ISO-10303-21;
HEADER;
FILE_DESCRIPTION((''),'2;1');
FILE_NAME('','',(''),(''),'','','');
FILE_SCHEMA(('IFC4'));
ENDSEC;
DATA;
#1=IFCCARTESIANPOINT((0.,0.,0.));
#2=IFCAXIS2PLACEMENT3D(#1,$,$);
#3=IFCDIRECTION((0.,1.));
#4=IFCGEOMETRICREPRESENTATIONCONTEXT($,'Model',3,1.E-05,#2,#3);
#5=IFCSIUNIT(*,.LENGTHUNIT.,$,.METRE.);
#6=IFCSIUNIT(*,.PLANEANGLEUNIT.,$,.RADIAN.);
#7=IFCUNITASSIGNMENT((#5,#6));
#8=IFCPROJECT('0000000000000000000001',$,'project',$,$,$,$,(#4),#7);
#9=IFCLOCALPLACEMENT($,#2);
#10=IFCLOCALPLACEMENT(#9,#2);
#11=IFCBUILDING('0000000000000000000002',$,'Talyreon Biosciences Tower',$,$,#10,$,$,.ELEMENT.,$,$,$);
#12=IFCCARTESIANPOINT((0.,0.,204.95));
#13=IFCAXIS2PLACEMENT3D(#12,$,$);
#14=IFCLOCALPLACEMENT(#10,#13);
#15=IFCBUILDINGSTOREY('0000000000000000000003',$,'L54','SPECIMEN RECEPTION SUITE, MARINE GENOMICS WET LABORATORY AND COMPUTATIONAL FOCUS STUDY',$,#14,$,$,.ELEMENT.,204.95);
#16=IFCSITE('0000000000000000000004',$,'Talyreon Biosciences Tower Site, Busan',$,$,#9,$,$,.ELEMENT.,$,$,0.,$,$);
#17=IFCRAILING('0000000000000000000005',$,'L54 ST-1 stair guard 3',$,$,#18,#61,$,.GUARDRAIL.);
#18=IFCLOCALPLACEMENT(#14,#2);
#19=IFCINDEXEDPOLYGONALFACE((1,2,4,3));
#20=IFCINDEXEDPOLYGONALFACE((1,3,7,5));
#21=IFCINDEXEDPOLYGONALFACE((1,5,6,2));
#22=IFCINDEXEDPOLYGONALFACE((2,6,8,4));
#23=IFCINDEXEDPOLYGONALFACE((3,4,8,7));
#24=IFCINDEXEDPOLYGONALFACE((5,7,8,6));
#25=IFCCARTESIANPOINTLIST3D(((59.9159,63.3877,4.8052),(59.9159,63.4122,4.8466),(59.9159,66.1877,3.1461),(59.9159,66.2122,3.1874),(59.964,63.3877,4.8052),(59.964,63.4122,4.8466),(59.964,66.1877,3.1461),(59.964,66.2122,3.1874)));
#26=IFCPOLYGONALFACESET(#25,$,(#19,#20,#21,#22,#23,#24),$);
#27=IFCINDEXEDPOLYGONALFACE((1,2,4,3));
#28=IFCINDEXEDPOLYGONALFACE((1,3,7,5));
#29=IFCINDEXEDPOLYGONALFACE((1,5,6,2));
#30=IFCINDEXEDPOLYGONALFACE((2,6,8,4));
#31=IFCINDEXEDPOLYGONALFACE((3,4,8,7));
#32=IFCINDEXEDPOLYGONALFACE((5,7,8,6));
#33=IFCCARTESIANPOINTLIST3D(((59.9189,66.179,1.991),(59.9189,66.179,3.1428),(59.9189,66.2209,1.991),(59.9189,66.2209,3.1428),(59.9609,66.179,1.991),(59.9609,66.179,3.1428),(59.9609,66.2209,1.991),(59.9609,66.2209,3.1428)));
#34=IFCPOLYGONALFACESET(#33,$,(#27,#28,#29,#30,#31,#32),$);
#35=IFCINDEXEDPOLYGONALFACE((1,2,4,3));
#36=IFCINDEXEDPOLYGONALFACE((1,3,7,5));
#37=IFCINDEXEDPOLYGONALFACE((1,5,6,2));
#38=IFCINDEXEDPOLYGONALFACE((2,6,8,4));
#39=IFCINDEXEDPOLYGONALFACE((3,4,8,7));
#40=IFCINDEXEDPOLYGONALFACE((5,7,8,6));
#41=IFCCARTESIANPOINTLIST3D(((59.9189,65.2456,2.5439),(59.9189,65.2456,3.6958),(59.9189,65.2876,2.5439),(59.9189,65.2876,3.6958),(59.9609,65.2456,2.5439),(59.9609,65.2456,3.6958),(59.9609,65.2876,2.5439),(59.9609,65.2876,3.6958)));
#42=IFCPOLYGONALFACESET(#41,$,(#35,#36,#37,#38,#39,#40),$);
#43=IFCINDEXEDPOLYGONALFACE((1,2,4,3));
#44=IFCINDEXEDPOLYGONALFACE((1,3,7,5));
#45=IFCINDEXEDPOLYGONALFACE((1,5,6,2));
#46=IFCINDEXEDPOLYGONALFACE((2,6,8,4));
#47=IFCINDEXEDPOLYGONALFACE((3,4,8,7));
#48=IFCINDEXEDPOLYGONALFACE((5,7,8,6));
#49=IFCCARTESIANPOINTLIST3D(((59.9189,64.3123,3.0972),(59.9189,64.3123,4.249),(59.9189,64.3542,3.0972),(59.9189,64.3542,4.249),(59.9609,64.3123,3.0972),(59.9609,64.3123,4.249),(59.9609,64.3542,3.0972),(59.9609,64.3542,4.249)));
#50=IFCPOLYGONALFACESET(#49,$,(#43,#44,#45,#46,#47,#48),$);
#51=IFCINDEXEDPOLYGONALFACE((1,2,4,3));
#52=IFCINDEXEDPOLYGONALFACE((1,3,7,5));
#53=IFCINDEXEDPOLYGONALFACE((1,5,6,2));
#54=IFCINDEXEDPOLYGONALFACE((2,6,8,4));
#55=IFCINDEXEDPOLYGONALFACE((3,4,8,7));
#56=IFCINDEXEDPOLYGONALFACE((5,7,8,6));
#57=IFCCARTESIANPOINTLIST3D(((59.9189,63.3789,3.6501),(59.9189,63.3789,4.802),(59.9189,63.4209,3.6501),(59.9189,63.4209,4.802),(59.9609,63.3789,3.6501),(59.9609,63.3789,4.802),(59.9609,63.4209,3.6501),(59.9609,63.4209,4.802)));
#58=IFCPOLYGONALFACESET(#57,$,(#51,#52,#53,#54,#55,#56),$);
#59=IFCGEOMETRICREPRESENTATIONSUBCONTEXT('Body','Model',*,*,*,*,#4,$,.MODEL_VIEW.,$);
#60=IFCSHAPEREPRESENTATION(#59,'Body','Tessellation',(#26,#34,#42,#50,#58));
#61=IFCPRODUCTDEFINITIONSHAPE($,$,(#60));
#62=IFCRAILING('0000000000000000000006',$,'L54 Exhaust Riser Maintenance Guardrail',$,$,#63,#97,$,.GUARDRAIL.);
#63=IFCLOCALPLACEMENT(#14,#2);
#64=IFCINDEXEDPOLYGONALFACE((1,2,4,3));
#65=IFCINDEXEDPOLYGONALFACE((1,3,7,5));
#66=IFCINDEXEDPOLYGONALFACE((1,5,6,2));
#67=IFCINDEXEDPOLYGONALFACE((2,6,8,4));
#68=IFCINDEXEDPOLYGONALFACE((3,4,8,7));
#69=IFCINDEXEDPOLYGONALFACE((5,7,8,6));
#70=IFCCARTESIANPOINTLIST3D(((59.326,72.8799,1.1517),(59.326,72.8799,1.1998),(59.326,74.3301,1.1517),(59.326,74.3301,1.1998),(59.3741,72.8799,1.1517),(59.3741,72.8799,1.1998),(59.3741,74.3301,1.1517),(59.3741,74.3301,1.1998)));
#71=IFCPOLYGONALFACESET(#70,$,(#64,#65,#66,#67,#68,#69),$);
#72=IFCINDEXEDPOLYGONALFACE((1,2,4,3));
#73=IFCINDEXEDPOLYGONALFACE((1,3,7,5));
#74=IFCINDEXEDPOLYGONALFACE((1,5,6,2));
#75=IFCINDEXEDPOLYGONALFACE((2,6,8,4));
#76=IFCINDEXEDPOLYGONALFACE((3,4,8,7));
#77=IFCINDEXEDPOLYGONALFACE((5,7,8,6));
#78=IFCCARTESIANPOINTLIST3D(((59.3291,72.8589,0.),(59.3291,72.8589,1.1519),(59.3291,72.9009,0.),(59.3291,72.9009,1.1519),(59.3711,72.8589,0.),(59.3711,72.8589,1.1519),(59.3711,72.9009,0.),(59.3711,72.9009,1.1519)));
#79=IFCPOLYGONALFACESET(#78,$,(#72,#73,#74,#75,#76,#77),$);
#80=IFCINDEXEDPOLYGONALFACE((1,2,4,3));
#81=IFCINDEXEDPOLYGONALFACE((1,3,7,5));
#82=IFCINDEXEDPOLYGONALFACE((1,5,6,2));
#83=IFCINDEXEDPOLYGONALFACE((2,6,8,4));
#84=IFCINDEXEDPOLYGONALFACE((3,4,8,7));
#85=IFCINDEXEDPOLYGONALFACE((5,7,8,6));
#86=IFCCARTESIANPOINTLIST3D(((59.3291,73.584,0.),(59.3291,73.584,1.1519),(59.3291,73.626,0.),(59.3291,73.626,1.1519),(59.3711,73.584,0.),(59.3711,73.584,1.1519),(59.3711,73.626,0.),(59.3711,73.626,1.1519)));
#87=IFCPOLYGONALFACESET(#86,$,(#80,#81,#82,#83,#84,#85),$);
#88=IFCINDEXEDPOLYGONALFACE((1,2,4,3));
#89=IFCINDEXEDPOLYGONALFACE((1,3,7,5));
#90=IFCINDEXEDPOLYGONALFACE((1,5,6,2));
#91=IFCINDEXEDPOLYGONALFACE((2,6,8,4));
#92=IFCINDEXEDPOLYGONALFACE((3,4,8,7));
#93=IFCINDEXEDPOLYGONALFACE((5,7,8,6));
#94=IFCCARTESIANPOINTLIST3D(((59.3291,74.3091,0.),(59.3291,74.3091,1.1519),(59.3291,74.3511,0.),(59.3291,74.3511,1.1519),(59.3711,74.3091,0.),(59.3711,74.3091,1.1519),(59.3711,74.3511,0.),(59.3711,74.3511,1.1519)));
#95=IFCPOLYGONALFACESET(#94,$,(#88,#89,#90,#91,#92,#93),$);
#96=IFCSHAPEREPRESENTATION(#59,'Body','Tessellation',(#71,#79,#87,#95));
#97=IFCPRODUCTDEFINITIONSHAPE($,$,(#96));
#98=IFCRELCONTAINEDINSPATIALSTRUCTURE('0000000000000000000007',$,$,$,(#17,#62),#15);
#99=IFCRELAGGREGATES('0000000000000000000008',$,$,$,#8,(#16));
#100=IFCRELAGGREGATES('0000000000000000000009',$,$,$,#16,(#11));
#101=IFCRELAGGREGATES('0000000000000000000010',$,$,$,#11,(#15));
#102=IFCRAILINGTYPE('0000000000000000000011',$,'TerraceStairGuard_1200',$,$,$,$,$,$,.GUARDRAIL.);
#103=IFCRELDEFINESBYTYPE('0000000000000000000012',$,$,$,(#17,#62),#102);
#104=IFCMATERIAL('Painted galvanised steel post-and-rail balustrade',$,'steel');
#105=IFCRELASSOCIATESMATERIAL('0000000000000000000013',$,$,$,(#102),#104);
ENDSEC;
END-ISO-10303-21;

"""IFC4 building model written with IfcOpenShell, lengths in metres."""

from ifc_helpers import new_model, si_unit, direction, frame, origin, origin_2d, place, context, subcontext, project, spatial, rectangle, extrude, material, type_object, element, save


model = new_model("IFC4")

# Units and contexts
model_context = context("Model", 3, precision=1e-05, world=origin(), true_north=direction((0.0, 1.0)))
body_context = subcontext(model_context, "Body", "Model", "MODEL_VIEW")
ifc_project = project(units=[si_unit("LENGTHUNIT", "METRE"), si_unit("PLANEANGLEUNIT", "RADIAN")], contexts=[model_context])

# Site, building, storey
site_placement = place(None, origin())
site = spatial("IfcSite", under=ifc_project, at=site_placement, Name="Talyreon Biosciences Tower Site, Busan", CompositionType="ELEMENT", RefElevation=0.0)
building_placement = place(site_placement, origin())
building = spatial("IfcBuilding", under=site, at=building_placement, Name="Talyreon Biosciences Tower", CompositionType="ELEMENT")
storey_placement = place(building_placement, frame((0.0, 0.0, 204.95)))
storey = spatial("IfcBuildingStorey", under=building, at=storey_placement, Name="L54", Description="SPECIMEN RECEPTION SUITE, MARINE GENOMICS WET LABORATORY AND COMPUTATIONAL FOCUS STUDY", CompositionType="ELEMENT", Elevation=204.95)

# Railings
ifc_material_1 = material(Name="Painted galvanised steel post-and-rail balustrade", Category="steel")
railing_type_1 = type_object("IfcRailingType", Name="TerraceStairGuard_1200", PredefinedType="GUARDRAIL", material=ifc_material_1)
railing_1_placement = place(storey_placement, frame((59.9399, 66.2, 1.991)))
element("IfcRailing", 1, at=railing_1_placement, inside=storey, type_object=railing_type_1, Name="L54 ST-1 stair guard 3", PredefinedType="GUARDRAIL", context=body_context, shape_type="SweptSolid", body=[
    extrude(rectangle(XDim=0.0481, YDim=0.0481, at=origin_2d()), frame((0.0, 0.0, 1.1758), z_axis=(0.0, -0.860306, 0.509778), x_axis=(1.0, 0.0, 0.0)), (0.0, 0.0, 1.0), 3.2546),
    extrude(rectangle(XDim=0.042, YDim=0.042, at=origin_2d()), origin(), (0.0, 0.0, 1.0), 1.1519),
    extrude(rectangle(XDim=0.042, YDim=0.042, at=origin_2d()), frame((0.0, -0.9333, 0.553)), (0.0, 0.0, 1.0), 1.1519),
    extrude(rectangle(XDim=0.042, YDim=0.042, at=origin_2d()), frame((0.0, -1.8667, 1.1062)), (0.0, 0.0, 1.0), 1.1519),
    extrude(rectangle(XDim=0.042, YDim=0.042, at=origin_2d()), frame((0.0, -2.8, 1.6592)), (0.0, 0.0, 1.0), 1.1519),
])
railing_2_placement = place(storey_placement, frame((59.3501, 72.8799, 0.0)))
element("IfcRailing", 2, at=railing_2_placement, inside=storey, type_object=railing_type_1, Name="L54 Exhaust Riser Maintenance Guardrail", PredefinedType="GUARDRAIL", context=body_context, shape_type="SweptSolid", body=[
    extrude(rectangle(XDim=0.0481, YDim=0.0481, at=origin_2d()), frame((0.0, 0.0, 1.1758), z_axis=(0.0, 1.0, 0.0), x_axis=(-1.0, 0.0, 0.0)), (0.0, 0.0, 1.0), 1.4502),
    extrude(rectangle(XDim=0.042, YDim=0.042, at=origin_2d()), origin(), (0.0, 0.0, 1.0), 1.1519),
    extrude(rectangle(XDim=0.042, YDim=0.042, at=origin_2d()), frame((0.0, 0.7251, 0.0)), (0.0, 0.0, 1.0), 1.1519),
    extrude(rectangle(XDim=0.042, YDim=0.042, at=origin_2d()), frame((0.0, 1.4502, 0.0)), (0.0, 0.0, 1.0), 1.1519),
])

save(model, "model.ifc")
